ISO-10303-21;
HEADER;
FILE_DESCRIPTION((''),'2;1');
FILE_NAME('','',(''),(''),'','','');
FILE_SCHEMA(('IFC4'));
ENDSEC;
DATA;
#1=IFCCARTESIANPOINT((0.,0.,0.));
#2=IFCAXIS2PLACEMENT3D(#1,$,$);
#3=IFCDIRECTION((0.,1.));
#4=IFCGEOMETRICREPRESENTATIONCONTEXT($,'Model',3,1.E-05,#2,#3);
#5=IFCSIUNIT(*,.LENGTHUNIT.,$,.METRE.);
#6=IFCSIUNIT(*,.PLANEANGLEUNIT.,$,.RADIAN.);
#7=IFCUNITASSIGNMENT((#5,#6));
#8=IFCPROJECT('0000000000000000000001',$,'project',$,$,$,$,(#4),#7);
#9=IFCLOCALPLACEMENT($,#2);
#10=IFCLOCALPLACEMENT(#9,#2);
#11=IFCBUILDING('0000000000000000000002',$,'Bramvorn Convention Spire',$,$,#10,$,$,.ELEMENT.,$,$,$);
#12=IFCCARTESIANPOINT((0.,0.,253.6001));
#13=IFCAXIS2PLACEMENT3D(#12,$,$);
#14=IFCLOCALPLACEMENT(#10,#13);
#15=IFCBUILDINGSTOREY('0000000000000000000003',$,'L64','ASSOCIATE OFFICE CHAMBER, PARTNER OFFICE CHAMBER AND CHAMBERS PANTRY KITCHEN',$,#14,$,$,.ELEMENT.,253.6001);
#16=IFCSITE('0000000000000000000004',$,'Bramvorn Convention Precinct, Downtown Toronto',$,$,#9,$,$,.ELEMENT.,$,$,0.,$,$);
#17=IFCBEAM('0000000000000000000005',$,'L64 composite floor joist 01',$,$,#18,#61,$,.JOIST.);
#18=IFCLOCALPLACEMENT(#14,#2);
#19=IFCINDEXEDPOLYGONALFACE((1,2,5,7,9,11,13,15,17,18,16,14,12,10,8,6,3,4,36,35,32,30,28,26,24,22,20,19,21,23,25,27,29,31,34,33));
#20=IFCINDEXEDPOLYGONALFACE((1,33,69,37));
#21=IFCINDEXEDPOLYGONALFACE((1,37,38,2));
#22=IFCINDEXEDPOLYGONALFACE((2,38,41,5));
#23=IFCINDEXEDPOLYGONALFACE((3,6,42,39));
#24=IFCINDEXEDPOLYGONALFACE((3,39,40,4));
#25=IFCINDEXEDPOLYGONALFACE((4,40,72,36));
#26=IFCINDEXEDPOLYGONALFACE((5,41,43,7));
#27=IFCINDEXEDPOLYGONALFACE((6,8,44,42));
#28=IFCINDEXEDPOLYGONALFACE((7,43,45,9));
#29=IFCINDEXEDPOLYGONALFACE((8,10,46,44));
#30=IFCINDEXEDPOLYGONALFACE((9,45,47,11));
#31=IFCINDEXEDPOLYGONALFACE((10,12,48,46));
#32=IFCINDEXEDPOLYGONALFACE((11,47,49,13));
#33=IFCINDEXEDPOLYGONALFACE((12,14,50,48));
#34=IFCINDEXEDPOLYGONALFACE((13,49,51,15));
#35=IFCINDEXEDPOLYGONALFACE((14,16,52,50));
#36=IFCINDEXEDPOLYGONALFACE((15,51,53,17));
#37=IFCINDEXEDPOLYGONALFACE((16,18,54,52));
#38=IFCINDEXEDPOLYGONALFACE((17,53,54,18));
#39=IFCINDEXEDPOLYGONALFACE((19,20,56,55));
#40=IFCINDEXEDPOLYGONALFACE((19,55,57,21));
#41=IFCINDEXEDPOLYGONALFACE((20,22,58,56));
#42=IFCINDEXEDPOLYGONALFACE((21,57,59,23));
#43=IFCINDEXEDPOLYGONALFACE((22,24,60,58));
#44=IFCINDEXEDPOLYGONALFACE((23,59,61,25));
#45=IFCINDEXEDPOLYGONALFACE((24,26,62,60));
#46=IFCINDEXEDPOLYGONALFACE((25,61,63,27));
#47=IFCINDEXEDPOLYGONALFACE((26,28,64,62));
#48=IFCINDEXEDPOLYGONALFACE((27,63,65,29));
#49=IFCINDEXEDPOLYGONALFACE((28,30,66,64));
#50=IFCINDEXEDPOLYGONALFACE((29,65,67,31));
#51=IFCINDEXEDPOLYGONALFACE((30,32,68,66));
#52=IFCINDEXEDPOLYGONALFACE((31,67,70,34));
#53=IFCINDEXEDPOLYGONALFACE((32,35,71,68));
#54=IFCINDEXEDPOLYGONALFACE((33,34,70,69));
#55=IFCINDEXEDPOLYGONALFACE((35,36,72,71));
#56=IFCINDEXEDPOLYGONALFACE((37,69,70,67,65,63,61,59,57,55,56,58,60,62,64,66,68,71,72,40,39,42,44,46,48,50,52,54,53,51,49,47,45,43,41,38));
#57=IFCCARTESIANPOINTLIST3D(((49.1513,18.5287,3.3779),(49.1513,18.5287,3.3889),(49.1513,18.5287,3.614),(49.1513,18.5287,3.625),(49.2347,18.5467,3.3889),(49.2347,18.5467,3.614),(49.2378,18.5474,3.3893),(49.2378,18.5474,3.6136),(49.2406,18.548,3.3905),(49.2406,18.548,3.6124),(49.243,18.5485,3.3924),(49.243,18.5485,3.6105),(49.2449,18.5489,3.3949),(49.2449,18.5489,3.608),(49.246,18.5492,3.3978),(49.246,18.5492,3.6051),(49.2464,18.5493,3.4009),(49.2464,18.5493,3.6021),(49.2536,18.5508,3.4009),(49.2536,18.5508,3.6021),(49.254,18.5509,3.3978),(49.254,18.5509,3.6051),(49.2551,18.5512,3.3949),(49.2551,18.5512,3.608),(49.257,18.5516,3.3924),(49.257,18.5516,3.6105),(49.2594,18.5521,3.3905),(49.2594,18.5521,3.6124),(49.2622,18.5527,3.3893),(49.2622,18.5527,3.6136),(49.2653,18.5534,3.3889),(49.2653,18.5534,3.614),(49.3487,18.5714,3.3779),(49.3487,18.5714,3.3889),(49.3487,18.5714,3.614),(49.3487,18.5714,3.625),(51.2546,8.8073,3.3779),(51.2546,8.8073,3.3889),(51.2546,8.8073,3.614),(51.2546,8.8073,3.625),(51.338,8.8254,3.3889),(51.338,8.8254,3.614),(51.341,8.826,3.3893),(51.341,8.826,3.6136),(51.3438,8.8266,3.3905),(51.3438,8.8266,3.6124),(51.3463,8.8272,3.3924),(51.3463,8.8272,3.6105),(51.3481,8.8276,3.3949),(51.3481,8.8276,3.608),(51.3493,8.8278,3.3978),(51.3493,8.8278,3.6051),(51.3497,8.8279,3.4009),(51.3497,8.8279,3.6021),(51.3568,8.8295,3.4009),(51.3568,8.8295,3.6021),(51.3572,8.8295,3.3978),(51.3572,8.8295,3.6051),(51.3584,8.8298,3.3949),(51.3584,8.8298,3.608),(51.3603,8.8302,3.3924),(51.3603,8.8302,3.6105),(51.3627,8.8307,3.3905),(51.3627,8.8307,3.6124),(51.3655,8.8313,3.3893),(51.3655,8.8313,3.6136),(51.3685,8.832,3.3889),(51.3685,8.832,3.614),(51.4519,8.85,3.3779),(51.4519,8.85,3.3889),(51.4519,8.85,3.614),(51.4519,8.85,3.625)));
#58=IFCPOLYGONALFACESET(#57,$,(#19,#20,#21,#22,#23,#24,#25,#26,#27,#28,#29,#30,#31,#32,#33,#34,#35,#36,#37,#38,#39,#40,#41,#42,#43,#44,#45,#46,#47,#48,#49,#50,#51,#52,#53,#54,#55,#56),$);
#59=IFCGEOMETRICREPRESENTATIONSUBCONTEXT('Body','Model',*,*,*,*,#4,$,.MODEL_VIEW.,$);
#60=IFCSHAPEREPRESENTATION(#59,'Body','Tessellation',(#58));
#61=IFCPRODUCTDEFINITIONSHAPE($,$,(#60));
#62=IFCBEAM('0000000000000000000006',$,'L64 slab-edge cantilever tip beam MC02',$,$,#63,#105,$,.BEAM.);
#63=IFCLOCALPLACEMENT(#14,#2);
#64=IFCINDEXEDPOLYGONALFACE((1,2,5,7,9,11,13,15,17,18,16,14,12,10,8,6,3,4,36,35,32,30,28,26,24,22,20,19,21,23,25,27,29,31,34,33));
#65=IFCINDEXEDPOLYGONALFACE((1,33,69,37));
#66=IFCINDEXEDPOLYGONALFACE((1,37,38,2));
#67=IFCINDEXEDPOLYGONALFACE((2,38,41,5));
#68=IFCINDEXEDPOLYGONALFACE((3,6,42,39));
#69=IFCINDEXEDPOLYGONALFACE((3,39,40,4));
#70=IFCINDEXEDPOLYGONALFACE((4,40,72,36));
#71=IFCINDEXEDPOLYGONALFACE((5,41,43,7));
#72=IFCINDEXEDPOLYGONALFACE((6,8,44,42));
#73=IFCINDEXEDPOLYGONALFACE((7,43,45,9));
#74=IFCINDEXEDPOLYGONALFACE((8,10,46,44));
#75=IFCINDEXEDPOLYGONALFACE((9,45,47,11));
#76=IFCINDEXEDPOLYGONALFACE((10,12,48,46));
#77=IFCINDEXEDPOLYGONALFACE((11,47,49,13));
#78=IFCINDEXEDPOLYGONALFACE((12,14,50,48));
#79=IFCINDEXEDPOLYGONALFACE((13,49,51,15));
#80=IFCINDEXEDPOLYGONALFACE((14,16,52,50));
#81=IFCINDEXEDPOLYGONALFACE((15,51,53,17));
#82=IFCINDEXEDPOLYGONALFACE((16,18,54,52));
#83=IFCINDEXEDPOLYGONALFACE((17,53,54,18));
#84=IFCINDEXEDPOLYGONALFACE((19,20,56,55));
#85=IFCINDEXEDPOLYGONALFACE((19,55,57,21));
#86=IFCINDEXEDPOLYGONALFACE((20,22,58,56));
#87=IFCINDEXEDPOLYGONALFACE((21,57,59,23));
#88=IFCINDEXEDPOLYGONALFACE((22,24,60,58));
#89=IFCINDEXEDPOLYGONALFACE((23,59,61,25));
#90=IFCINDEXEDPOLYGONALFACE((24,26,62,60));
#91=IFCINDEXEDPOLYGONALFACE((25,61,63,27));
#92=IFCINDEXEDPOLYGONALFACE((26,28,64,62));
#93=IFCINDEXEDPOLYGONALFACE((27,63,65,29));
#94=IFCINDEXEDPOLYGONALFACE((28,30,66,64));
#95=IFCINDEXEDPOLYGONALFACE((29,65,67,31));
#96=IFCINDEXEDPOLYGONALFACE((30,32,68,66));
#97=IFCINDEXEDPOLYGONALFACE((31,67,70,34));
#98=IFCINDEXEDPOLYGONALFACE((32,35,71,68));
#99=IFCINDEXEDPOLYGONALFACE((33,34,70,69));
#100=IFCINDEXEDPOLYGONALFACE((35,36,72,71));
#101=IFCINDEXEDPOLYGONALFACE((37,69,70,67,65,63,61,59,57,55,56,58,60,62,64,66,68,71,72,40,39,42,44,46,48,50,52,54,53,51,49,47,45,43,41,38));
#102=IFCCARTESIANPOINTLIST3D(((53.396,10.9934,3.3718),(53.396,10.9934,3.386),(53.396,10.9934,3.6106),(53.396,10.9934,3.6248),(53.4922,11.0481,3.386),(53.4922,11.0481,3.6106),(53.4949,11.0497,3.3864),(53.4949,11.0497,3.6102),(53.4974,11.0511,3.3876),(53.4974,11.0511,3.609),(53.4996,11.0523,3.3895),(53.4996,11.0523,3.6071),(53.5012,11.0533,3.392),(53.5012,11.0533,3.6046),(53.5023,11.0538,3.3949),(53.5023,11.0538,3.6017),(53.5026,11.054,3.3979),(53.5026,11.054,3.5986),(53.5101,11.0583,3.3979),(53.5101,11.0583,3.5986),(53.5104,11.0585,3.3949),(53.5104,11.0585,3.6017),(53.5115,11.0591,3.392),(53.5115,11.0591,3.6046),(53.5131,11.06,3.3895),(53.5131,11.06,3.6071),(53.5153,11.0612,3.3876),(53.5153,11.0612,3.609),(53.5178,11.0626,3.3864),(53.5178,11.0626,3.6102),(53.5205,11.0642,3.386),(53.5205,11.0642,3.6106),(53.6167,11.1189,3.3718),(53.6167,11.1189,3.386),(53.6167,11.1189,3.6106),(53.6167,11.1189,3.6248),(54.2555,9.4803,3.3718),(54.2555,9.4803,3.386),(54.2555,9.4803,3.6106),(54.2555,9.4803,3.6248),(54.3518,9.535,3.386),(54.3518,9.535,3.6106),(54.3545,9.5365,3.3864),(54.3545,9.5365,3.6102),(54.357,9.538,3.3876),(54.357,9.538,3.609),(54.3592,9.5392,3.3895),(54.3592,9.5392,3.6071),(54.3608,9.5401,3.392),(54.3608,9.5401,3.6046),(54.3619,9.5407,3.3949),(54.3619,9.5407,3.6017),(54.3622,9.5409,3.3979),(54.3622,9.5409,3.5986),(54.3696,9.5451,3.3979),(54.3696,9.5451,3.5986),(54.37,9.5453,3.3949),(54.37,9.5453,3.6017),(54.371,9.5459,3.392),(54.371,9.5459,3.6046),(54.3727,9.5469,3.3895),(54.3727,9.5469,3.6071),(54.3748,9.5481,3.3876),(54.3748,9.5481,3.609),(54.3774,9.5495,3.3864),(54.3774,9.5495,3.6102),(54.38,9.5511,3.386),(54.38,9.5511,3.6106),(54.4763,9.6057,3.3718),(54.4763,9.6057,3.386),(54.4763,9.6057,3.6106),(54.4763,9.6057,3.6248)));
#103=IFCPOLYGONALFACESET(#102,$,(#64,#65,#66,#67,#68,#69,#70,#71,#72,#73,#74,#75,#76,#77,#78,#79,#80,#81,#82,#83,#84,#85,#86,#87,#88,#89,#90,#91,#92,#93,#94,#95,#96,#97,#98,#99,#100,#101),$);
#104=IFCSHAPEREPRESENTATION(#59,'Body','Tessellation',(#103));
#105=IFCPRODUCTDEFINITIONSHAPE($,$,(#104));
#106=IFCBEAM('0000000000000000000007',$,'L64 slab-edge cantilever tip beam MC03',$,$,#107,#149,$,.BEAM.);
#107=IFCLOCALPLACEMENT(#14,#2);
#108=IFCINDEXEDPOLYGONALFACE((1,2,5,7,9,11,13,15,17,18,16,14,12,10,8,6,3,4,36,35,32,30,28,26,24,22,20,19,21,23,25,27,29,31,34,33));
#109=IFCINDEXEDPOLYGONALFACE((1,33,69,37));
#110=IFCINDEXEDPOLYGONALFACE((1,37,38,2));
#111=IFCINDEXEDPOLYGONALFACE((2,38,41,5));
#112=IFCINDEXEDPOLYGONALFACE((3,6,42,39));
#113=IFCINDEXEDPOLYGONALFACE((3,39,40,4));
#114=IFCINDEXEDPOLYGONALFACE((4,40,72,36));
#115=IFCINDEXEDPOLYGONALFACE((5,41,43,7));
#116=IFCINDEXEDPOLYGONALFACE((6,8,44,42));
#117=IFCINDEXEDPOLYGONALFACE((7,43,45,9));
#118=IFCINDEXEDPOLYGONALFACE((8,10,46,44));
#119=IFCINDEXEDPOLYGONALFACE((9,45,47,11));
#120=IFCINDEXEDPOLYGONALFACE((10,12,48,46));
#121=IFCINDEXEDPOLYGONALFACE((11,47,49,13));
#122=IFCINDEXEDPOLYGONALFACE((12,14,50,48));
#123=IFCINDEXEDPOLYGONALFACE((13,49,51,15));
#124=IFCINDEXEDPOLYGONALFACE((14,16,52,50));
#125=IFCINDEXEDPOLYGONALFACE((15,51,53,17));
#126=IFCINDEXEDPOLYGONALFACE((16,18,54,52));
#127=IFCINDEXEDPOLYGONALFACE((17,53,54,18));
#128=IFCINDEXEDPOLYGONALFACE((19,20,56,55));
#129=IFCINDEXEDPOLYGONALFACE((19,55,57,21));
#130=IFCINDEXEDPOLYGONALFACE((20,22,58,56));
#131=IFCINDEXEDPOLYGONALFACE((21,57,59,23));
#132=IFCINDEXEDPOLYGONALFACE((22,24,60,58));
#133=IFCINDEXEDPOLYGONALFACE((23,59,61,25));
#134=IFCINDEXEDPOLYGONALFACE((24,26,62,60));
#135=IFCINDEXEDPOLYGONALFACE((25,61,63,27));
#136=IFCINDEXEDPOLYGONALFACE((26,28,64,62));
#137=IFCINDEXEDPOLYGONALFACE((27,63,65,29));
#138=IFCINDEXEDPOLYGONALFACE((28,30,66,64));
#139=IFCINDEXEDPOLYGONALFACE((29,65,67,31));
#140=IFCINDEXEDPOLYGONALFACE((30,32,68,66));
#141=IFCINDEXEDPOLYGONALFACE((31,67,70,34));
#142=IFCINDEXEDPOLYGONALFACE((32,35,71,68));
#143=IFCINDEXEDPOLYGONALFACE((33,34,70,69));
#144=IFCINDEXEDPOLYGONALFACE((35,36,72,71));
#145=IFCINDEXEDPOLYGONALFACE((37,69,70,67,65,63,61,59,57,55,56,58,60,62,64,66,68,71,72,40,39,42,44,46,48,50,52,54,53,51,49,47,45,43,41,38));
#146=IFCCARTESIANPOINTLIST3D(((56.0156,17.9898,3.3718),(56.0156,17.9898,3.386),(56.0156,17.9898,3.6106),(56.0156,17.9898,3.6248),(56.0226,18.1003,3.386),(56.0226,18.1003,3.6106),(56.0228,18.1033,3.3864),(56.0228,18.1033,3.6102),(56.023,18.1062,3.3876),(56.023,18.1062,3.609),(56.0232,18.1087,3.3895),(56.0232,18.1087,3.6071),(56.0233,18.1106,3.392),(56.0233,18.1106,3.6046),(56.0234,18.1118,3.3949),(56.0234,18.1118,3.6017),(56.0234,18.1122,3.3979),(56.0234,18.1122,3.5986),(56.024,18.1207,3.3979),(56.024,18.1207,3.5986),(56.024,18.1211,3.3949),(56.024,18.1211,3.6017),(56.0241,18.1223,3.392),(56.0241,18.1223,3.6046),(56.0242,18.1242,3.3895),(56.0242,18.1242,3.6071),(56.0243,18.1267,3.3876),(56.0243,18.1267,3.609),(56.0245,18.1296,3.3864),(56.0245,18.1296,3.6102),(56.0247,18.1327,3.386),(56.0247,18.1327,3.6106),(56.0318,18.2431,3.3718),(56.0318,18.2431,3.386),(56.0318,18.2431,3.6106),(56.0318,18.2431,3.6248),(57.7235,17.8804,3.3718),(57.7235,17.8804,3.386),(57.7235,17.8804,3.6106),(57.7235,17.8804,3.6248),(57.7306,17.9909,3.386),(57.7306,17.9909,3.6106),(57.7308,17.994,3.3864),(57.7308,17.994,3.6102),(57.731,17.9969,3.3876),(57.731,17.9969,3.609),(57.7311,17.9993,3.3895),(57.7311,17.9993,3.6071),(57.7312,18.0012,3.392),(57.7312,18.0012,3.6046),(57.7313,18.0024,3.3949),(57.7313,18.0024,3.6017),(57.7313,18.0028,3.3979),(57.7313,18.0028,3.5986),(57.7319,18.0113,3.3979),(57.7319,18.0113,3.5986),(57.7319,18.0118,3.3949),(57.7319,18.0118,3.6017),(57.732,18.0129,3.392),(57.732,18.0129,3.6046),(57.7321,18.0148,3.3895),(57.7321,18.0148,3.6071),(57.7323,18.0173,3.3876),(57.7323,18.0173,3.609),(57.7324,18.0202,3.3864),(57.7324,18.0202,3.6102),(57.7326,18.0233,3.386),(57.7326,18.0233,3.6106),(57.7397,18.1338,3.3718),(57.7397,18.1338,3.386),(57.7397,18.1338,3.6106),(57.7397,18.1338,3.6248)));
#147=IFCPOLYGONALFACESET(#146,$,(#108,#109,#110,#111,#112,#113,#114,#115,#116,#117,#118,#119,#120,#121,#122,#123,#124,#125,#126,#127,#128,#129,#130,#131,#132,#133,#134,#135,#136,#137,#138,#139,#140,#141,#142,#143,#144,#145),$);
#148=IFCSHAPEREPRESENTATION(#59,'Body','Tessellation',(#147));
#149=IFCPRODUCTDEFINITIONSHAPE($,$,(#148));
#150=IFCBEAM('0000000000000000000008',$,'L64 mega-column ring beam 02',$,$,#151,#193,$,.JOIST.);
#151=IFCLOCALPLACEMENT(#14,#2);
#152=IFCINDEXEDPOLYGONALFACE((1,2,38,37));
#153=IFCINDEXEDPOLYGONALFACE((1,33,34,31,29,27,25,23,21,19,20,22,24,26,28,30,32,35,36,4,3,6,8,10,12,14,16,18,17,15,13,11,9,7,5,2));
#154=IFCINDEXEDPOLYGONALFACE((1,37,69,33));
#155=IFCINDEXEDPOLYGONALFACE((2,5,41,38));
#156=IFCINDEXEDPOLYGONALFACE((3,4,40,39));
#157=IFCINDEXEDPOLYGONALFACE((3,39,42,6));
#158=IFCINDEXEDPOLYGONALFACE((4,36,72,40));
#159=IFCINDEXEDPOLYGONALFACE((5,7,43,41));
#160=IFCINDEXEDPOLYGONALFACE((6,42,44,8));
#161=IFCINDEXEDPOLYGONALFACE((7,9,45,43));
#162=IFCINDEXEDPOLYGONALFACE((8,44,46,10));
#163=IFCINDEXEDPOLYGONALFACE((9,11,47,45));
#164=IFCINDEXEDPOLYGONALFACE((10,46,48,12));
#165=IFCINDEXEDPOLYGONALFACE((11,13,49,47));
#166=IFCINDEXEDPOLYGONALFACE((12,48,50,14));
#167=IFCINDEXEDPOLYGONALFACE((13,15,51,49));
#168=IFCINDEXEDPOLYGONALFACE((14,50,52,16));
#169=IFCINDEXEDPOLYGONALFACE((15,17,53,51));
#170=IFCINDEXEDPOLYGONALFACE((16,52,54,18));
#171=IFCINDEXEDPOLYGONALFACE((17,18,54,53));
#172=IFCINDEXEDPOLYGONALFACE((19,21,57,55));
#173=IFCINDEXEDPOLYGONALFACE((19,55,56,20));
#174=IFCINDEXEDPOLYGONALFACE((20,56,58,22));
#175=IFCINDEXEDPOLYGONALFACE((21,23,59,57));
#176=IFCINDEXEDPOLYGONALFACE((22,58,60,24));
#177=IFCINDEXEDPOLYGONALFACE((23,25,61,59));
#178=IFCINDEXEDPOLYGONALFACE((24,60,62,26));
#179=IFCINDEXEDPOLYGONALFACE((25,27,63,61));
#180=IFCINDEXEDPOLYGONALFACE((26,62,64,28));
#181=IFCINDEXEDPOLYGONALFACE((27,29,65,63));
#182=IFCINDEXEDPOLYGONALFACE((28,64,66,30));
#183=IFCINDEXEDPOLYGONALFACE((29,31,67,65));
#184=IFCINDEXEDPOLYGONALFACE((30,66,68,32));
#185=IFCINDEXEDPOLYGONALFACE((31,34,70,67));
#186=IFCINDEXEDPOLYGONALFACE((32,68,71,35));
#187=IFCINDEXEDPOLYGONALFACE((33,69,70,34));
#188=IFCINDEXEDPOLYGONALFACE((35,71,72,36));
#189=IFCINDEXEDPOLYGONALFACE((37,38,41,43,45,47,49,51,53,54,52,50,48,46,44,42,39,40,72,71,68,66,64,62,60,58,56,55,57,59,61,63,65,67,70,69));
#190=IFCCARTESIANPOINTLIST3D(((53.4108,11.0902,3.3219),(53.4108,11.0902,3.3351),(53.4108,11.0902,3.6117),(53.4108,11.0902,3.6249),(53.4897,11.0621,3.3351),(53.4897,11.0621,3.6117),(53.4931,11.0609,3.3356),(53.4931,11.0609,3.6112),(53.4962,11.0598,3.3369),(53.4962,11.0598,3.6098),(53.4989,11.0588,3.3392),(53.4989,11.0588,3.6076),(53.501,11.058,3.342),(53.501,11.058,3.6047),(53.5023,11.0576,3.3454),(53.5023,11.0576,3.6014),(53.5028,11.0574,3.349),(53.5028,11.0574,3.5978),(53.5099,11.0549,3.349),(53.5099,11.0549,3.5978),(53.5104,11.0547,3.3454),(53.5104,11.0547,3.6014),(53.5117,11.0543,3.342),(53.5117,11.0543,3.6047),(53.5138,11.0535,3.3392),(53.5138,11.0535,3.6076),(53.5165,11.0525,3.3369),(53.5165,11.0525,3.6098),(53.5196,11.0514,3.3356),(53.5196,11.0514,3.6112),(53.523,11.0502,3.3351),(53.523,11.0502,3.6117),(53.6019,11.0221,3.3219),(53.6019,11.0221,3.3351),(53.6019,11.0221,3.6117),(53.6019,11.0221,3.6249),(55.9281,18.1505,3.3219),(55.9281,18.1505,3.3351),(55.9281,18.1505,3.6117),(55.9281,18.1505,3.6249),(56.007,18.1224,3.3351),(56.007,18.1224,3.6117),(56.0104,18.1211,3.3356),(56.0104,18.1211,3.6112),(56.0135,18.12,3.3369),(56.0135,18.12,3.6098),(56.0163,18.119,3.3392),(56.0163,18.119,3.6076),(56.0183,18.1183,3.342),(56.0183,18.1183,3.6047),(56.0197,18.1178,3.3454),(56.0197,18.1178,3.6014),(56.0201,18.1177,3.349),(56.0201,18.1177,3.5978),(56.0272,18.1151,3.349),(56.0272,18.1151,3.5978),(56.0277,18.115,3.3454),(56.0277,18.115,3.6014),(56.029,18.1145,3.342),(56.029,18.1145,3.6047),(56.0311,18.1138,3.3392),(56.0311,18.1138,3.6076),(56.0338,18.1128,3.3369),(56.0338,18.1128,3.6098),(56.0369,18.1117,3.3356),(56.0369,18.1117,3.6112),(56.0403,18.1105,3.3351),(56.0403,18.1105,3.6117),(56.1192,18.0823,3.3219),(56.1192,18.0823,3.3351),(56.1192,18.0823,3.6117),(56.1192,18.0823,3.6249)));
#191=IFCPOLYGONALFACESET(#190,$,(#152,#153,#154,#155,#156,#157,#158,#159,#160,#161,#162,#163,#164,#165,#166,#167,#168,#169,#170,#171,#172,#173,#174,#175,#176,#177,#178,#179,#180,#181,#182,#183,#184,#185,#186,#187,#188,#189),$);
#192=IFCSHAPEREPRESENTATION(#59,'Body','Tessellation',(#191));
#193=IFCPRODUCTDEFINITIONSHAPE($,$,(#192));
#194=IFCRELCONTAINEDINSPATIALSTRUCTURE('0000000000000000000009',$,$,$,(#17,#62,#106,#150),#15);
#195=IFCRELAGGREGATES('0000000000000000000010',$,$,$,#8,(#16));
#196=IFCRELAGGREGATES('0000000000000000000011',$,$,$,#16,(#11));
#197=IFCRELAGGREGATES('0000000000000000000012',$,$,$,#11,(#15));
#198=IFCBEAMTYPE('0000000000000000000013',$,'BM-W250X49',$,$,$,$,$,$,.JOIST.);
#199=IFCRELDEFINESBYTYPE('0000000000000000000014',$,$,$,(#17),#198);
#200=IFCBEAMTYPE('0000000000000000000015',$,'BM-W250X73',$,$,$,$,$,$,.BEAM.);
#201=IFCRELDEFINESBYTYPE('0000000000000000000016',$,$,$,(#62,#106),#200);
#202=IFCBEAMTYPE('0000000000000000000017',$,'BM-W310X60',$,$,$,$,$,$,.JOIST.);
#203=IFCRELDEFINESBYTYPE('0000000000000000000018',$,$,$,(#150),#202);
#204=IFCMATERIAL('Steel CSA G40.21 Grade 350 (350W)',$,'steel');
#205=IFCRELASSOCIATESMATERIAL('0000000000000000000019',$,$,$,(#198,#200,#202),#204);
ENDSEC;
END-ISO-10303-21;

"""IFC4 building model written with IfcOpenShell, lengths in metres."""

from ifc_helpers import new_model, si_unit, direction, frame, origin, origin_2d, place, context, subcontext, project, spatial, i_section, extrude, material, material_profile, profile_set, type_object, element, save


model = new_model("IFC4")

# Units and contexts
model_context = context("Model", 3, precision=1e-05, world=origin(), true_north=direction((0.0, 1.0)))
body_context = subcontext(model_context, "Body", "Model", "MODEL_VIEW")
ifc_project = project(units=[si_unit("LENGTHUNIT", "METRE"), si_unit("PLANEANGLEUNIT", "RADIAN")], contexts=[model_context])

# Site, building, storey
site_placement = place(None, origin())
site = spatial("IfcSite", under=ifc_project, at=site_placement, Name="Bramvorn Convention Precinct, Downtown Toronto", CompositionType="ELEMENT", RefElevation=0.0)
building_placement = place(site_placement, origin())
building = spatial("IfcBuilding", under=site, at=building_placement, Name="Bramvorn Convention Spire", CompositionType="ELEMENT")
storey_placement = place(building_placement, frame((0.0, 0.0, 253.6001)))
storey = spatial("IfcBuildingStorey", under=building, at=storey_placement, Name="L64", Description="ASSOCIATE OFFICE CHAMBER, PARTNER OFFICE CHAMBER AND CHAMBERS PANTRY KITCHEN", CompositionType="ELEMENT", Elevation=253.6001)

# Shared definitions
ifc_material_1 = material(Name="Steel CSA G40.21 Grade 350 (350W)", Category="steel")

# Beams
ifc_material_profile_1 = material_profile(ifc_material_1, i_section(OverallWidth=0.2019, OverallDepth=0.2471, WebThickness=0.0073, FlangeThickness=0.011, FilletRadius=0.012, at=origin_2d()))
ifc_profile_set_1 = profile_set([ifc_material_profile_1], Name="Steel CSA G40.21 Grade 350 (350W) - W250X49")
beam_type_1 = type_object("IfcBeamType", Name="BM-W250X49", PredefinedType="JOIST", material=ifc_profile_set_1)
beam_1_placement = place(storey_placement, frame((49.25, 18.55, 3.5015), z_axis=(0.211461, -0.977386, 0.0), x_axis=(0.977386, 0.211461, 0.0)))
element("IfcBeam", 1, at=beam_1_placement, inside=storey, type_object=beam_type_1, Name="L64 composite floor joist 01", PredefinedType="JOIST", context=body_context, shape_type="SweptSolid", body=[
    extrude(i_section(OverallWidth=0.2019, OverallDepth=0.2471, WebThickness=0.0073, FlangeThickness=0.011, FilletRadius=0.012, at=origin_2d()), origin(), (0.0, 0.0, 1.0), 9.9463),
])
ifc_material_profile_2 = material_profile(ifc_material_1, i_section(OverallWidth=0.2539, OverallDepth=0.2529, WebThickness=0.0085, FlangeThickness=0.0142, FilletRadius=0.012, at=origin_2d()))
ifc_profile_set_2 = profile_set([ifc_material_profile_2], Name="Steel CSA G40.21 Grade 350 (350W) - W250X73")
beam_type_2 = type_object("IfcBeamType", Name="BM-W250X73", PredefinedType="BEAM", material=ifc_profile_set_2)
beam_2_placement = place(storey_placement, frame((53.5063, 11.0562, 3.4983), z_axis=(0.493947, -0.869492, 0.0), x_axis=(0.869492, 0.493947, 0.0)))
element("IfcBeam", 2, at=beam_2_placement, inside=storey, type_object=beam_type_2, Name="L64 slab-edge cantilever tip beam MC02", PredefinedType="BEAM", context=body_context, shape_type="SweptSolid", body=[
    extrude(i_section(OverallWidth=0.2539, OverallDepth=0.2529, WebThickness=0.0085, FlangeThickness=0.0142, FilletRadius=0.012, at=origin_2d()), origin(), (0.0, 0.0, 1.0), 1.7402),
])
beam_3_placement = place(storey_placement, frame((56.0237, 18.1165, 3.4983), z_axis=(0.997956, -0.063906, 0.0), x_axis=(0.063906, 0.997956, 0.0)))
element("IfcBeam", 3, at=beam_3_placement, inside=storey, type_object=beam_type_2, Name="L64 slab-edge cantilever tip beam MC03", PredefinedType="BEAM", context=body_context, shape_type="SweptSolid", body=[
    extrude(i_section(OverallWidth=0.2539, OverallDepth=0.2529, WebThickness=0.0085, FlangeThickness=0.0142, FilletRadius=0.012, at=origin_2d()), origin(), (0.0, 0.0, 1.0), 1.7114),
])
ifc_material_profile_3 = material_profile(ifc_material_1, i_section(OverallWidth=0.2029, OverallDepth=0.303, WebThickness=0.0076, FlangeThickness=0.0132, FilletRadius=0.0139, at=origin_2d()))
ifc_profile_set_3 = profile_set([ifc_material_profile_3], Name="Steel CSA G40.21 Grade 350 (350W) - W310X60")
beam_type_3 = type_object("IfcBeamType", Name="BM-W310X60", PredefinedType="JOIST", material=ifc_profile_set_3)
beam_4_placement = place(storey_placement, frame((53.5063, 11.0562, 3.4734), z_axis=(0.335839, 0.941919, 0.0), x_axis=(-0.941919, 0.335839, 0.0)))
element("IfcBeam", 4, at=beam_4_placement, inside=storey, type_object=beam_type_3, Name="L64 mega-column ring beam 02", PredefinedType="JOIST", context=body_context, shape_type="SweptSolid", body=[
    extrude(i_section(OverallWidth=0.2029, OverallDepth=0.303, WebThickness=0.0076, FlangeThickness=0.0132, FilletRadius=0.0139, at=origin_2d()), origin(), (0.0, 0.0, 1.0), 7.4956),
])

save(model, "model.ifc")
